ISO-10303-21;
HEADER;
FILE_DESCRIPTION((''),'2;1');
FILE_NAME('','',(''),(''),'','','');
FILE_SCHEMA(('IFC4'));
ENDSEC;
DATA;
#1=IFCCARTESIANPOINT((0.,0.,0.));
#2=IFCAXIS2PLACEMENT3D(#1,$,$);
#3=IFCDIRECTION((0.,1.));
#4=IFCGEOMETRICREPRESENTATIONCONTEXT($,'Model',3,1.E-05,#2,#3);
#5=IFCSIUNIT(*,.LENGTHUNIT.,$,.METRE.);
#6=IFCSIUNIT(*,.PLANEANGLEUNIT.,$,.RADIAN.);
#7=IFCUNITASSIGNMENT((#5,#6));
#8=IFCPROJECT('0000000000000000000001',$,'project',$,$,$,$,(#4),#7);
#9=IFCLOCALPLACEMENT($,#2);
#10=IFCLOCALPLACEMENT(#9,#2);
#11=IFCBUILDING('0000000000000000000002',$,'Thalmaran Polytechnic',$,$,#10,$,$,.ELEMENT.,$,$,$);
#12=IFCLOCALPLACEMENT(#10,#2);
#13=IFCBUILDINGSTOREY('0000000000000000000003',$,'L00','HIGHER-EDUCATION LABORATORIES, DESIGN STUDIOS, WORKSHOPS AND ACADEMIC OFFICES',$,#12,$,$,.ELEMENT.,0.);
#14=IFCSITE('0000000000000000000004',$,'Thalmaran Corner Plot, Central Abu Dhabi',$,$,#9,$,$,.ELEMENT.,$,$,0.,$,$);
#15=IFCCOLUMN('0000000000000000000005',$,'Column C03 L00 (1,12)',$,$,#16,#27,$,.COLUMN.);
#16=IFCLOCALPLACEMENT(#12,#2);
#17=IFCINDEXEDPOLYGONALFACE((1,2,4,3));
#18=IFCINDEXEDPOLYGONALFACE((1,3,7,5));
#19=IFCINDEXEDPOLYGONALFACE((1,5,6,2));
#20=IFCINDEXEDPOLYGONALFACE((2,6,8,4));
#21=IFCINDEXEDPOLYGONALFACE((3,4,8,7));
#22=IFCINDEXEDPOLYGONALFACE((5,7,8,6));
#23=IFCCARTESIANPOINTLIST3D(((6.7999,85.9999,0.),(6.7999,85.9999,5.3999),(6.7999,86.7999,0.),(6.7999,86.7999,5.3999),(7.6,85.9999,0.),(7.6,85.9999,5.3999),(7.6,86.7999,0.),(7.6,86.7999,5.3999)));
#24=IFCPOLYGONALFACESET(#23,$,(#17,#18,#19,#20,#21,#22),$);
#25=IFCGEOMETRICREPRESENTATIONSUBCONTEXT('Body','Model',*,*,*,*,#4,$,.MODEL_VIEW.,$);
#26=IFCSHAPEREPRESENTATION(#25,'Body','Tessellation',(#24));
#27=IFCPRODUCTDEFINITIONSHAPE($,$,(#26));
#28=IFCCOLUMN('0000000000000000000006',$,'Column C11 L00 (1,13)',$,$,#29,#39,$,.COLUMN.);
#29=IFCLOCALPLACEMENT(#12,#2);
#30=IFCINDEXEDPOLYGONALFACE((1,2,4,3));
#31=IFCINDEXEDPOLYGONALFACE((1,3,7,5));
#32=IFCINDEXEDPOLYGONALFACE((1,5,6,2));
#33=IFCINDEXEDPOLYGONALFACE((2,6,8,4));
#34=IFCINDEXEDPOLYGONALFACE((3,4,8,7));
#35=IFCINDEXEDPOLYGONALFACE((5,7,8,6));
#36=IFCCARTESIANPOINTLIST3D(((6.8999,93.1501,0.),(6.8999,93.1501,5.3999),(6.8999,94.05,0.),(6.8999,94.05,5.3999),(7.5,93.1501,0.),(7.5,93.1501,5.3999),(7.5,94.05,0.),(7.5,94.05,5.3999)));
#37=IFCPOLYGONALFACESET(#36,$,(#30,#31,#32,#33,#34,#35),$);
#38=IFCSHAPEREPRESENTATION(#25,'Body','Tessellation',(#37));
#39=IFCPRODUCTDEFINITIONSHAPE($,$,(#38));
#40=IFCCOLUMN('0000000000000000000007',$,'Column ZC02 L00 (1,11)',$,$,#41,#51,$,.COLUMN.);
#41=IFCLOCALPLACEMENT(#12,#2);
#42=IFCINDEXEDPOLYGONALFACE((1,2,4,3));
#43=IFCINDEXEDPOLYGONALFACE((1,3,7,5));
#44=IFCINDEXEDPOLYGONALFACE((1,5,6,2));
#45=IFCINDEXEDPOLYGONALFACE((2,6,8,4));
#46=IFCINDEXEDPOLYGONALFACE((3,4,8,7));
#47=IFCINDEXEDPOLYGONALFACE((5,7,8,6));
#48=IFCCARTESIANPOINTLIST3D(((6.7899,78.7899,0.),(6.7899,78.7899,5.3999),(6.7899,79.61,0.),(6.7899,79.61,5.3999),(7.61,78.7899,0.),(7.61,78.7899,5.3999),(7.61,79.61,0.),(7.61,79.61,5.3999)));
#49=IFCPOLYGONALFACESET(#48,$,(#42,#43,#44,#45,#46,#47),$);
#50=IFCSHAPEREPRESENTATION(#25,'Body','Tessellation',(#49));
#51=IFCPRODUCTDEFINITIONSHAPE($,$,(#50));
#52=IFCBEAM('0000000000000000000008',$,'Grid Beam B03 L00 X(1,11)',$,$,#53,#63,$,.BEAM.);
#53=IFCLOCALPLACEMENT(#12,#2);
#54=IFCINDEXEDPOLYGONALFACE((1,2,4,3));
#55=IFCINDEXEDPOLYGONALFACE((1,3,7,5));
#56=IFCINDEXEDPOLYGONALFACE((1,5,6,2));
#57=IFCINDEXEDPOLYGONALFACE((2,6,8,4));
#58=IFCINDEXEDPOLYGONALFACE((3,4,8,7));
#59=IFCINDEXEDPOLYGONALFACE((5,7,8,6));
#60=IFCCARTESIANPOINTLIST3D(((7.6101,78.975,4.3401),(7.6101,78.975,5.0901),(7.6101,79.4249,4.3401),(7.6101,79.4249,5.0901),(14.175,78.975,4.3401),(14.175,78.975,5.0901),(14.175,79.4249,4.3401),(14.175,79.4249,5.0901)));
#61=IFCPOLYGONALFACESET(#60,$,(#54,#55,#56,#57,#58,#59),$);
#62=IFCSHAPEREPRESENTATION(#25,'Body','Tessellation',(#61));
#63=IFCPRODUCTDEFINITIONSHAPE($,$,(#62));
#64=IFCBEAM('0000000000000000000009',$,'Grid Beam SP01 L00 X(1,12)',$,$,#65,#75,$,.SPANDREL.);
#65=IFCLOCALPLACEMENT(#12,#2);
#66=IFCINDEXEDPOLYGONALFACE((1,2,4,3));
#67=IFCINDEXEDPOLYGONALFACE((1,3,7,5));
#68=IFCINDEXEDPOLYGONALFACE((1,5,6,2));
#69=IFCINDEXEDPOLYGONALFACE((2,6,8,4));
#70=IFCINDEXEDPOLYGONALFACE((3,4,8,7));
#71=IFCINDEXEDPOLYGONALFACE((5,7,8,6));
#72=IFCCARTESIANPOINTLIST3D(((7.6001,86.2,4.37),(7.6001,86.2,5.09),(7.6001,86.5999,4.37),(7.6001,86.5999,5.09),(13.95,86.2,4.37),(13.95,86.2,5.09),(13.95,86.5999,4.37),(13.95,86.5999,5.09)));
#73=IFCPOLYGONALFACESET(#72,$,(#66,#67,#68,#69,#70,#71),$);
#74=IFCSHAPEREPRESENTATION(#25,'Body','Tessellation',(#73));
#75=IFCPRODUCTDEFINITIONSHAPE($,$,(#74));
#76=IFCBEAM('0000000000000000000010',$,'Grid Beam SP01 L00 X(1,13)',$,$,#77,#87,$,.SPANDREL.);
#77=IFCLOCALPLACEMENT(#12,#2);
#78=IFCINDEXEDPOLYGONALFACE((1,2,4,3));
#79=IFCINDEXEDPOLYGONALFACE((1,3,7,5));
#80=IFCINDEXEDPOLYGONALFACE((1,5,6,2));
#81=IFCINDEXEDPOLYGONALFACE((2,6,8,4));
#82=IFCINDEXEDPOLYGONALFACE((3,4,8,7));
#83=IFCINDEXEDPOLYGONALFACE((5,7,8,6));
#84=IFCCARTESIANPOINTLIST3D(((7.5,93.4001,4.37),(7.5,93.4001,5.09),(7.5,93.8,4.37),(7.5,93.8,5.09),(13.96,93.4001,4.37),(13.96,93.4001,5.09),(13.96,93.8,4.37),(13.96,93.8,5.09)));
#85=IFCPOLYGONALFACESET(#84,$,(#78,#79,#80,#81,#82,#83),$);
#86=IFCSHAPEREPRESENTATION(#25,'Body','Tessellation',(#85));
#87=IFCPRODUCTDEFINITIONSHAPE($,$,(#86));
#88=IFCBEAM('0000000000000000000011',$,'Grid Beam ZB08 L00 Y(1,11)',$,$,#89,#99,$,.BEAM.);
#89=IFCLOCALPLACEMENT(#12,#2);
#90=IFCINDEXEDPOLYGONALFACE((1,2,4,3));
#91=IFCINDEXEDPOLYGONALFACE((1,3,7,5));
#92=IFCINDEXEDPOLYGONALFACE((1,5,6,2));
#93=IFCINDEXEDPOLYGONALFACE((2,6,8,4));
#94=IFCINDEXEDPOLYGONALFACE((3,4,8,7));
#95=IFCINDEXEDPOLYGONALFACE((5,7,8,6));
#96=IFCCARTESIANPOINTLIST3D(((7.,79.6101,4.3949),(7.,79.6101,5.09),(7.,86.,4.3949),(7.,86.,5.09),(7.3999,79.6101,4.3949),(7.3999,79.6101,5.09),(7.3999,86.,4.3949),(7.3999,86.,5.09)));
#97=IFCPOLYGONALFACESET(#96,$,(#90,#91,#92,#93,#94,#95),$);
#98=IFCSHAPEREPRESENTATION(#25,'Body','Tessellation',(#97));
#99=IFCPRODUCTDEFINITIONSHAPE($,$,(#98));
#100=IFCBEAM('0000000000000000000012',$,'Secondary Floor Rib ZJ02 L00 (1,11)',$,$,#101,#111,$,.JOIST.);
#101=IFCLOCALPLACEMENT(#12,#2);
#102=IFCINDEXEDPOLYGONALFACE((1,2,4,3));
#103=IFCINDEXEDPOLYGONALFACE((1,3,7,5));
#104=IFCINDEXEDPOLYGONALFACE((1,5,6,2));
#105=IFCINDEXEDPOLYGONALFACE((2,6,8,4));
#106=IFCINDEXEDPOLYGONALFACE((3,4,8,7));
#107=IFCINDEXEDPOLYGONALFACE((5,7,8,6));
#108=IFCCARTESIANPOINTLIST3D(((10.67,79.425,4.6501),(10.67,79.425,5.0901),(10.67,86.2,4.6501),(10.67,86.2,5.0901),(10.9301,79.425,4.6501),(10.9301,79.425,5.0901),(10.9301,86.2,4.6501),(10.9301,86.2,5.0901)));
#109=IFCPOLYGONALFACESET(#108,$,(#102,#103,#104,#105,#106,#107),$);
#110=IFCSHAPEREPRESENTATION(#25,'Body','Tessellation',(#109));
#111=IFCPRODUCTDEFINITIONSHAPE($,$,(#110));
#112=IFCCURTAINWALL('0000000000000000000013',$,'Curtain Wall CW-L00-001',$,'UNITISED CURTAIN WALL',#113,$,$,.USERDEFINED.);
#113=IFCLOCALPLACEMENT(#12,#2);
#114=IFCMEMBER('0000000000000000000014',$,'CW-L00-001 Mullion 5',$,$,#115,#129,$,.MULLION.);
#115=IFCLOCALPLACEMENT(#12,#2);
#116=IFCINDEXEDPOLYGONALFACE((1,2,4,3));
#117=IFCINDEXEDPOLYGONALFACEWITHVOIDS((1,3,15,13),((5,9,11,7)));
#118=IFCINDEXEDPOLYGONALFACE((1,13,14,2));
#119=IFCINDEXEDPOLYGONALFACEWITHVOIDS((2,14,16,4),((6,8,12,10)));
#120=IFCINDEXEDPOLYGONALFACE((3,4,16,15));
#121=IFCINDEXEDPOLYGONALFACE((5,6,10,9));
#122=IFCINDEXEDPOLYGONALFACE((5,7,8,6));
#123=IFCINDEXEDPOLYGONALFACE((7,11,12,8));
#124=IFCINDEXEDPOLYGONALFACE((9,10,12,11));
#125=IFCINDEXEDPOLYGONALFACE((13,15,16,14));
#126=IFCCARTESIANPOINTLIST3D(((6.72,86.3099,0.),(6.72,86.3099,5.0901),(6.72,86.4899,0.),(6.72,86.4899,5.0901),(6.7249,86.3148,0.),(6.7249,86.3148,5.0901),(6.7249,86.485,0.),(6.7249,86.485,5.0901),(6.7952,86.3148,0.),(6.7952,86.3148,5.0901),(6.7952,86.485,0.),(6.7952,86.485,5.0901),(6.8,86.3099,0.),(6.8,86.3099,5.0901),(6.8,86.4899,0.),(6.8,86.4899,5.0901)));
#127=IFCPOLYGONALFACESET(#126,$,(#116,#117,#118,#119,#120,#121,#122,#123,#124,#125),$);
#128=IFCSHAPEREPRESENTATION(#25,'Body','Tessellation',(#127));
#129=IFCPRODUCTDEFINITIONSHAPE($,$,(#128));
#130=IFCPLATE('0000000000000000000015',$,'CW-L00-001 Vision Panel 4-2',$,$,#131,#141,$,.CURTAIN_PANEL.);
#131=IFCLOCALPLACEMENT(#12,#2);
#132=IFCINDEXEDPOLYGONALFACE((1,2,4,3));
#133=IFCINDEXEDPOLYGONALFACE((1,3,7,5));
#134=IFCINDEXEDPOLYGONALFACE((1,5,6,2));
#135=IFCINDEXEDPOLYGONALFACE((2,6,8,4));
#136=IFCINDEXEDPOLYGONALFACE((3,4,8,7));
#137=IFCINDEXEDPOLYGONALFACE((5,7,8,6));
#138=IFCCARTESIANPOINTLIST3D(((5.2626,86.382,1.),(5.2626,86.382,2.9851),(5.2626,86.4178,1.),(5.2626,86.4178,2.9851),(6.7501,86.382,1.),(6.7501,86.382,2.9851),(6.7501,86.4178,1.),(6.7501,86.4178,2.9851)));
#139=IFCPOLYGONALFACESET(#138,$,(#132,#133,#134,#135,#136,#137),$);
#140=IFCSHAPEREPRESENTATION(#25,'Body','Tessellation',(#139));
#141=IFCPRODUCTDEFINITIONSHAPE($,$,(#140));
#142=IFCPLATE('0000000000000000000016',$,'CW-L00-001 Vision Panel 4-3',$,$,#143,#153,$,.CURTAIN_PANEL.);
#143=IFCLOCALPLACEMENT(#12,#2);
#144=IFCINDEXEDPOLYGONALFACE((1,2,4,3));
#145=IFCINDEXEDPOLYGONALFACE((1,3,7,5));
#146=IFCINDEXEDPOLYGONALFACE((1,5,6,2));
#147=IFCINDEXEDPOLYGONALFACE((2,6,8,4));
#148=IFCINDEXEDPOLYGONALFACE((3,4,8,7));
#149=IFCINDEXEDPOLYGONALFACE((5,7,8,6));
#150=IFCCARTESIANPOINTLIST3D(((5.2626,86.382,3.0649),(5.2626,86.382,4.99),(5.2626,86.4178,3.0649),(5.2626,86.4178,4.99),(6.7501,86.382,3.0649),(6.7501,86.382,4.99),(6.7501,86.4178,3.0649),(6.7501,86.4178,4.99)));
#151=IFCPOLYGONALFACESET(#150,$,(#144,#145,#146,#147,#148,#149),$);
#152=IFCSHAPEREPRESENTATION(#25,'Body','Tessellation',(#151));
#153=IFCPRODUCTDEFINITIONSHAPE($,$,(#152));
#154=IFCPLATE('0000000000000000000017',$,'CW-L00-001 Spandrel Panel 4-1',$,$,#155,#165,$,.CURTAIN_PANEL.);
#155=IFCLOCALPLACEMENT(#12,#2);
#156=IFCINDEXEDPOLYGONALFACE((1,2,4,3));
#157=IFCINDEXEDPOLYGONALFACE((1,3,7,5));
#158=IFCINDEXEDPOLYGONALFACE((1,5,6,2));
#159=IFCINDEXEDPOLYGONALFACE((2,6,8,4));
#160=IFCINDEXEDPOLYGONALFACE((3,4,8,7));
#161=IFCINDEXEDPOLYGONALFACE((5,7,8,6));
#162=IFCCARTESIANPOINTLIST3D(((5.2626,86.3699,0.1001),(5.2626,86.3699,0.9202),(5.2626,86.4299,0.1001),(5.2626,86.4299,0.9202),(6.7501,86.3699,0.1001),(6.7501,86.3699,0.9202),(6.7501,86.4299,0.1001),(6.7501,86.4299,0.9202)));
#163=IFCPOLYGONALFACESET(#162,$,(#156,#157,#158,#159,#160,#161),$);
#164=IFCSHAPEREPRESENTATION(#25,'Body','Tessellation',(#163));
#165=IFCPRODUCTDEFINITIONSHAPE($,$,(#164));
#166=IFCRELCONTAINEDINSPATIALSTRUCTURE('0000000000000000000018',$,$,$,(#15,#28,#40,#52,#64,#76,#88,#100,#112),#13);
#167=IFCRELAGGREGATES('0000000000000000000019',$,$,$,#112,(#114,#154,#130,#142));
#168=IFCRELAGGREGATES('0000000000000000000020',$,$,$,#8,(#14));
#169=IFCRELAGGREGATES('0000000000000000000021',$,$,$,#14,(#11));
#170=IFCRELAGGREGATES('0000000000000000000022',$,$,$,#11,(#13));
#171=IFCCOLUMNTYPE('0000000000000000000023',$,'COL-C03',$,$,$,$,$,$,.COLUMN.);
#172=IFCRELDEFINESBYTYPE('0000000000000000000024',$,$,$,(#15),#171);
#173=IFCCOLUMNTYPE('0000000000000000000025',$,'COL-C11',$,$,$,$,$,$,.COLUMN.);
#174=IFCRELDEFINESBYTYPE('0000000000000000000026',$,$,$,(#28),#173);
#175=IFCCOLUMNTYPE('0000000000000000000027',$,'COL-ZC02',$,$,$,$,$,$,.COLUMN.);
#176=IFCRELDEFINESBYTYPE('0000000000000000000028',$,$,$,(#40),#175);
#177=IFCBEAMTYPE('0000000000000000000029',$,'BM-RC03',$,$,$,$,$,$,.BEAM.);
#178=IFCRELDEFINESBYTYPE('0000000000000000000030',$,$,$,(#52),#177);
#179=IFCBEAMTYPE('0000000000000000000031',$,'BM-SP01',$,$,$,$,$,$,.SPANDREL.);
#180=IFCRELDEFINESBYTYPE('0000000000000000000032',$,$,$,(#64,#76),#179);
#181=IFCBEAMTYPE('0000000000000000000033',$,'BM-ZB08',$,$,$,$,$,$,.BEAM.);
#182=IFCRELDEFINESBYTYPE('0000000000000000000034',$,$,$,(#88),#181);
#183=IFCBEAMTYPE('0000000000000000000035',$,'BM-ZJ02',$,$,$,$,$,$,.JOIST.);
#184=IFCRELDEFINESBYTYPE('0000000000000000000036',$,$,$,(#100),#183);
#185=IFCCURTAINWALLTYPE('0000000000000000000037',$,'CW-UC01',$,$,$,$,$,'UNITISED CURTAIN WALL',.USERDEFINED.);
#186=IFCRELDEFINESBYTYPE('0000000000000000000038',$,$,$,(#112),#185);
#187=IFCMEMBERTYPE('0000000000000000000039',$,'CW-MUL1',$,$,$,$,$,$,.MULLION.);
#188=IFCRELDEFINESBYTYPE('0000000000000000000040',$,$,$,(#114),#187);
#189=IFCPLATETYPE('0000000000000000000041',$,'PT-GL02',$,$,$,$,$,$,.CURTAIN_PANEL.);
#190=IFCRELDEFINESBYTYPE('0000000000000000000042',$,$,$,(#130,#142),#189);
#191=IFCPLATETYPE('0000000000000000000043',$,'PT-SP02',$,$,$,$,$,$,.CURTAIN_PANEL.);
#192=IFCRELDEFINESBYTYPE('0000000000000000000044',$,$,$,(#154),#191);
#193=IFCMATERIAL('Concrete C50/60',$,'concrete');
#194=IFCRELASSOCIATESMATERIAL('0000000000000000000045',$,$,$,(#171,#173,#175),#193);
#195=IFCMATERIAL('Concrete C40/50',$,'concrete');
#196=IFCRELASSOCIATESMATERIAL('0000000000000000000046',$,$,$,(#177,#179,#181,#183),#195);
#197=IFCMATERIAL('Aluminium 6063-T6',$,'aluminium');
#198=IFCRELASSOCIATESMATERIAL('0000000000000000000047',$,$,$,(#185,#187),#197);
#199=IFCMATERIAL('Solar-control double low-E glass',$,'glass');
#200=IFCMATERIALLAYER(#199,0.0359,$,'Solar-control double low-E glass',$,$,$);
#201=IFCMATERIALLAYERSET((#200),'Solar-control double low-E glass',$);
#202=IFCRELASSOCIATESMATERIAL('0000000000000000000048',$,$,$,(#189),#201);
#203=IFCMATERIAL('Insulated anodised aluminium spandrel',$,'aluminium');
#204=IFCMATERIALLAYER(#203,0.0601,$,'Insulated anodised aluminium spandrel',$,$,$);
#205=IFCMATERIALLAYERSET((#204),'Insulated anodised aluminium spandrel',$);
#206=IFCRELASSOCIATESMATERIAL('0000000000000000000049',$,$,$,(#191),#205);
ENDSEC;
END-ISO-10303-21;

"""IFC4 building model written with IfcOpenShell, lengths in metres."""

from ifc_helpers import new_model, si_unit, direction, frame, origin, origin_2d, place, context, subcontext, project, spatial, rectangle, hollow_rectangle, extrude, material, layer, layer_set, material_profile, profile_set, type_object, element, aggregate, save


model = new_model("IFC4")

# Units and contexts
model_context = context("Model", 3, precision=1e-05, world=origin(), true_north=direction((0.0, 1.0)))
body_context = subcontext(model_context, "Body", "Model", "MODEL_VIEW")
ifc_project = project(units=[si_unit("LENGTHUNIT", "METRE"), si_unit("PLANEANGLEUNIT", "RADIAN")], contexts=[model_context])

# Site, building, storey
site_placement = place(None, origin())
site = spatial("IfcSite", under=ifc_project, at=site_placement, Name="Thalmaran Corner Plot, Central Abu Dhabi", CompositionType="ELEMENT", RefElevation=0.0)
building_placement = place(site_placement, origin())
building = spatial("IfcBuilding", under=site, at=building_placement, Name="Thalmaran Polytechnic", CompositionType="ELEMENT")
storey_placement = place(building_placement, origin())
storey = spatial("IfcBuildingStorey", under=building, at=storey_placement, Name="L00", Description="HIGHER-EDUCATION LABORATORIES, DESIGN STUDIOS, WORKSHOPS AND ACADEMIC OFFICES", CompositionType="ELEMENT", Elevation=0.0)

# Columns
ifc_material_1 = material(Name="Concrete C50/60", Category="concrete")
ifc_material_profile_1 = material_profile(ifc_material_1, rectangle(XDim=0.8, YDim=0.8, at=origin_2d()), Name="RC 800x800")
ifc_profile_set_1 = profile_set([ifc_material_profile_1], Name="Concrete C50/60")
column_type_1 = type_object("IfcColumnType", Name="COL-C03", PredefinedType="COLUMN", material=ifc_profile_set_1)
column_1_placement = place(storey_placement, frame((7.2, 86.3999, 0.0), z_axis=(0.0, 0.0, 1.0), x_axis=(1.0, 0.0, 0.0)))
element("IfcColumn", 1, at=column_1_placement, inside=storey, type_object=column_type_1, Name="Column C03 L00 (1,12)", PredefinedType="COLUMN", context=body_context, shape_type="SweptSolid", body=[
    extrude(rectangle(XDim=0.8, YDim=0.8, at=origin_2d()), origin(), (0.0, 0.0, 1.0), 5.3999),
])
ifc_material_profile_2 = material_profile(ifc_material_1, rectangle(XDim=0.6001, YDim=0.8999, at=origin_2d()), Name="RC 600x900")
ifc_profile_set_2 = profile_set([ifc_material_profile_2], Name="Concrete C50/60")
column_type_2 = type_object("IfcColumnType", Name="COL-C11", PredefinedType="COLUMN", material=ifc_profile_set_2)
column_2_placement = place(storey_placement, frame((7.2, 93.6001, 0.0), z_axis=(0.0, 0.0, 1.0), x_axis=(1.0, 0.0, 0.0)))
element("IfcColumn", 2, at=column_2_placement, inside=storey, type_object=column_type_2, Name="Column C11 L00 (1,13)", PredefinedType="COLUMN", context=body_context, shape_type="SweptSolid", body=[
    extrude(rectangle(XDim=0.6001, YDim=0.8999, at=origin_2d()), origin(), (0.0, 0.0, 1.0), 5.3999),
])
ifc_material_profile_3 = material_profile(ifc_material_1, rectangle(XDim=0.8201, YDim=0.8201, at=origin_2d()), Name="RC 820x820")
ifc_profile_set_3 = profile_set([ifc_material_profile_3], Name="Concrete C50/60")
column_type_3 = type_object("IfcColumnType", Name="COL-ZC02", PredefinedType="COLUMN", material=ifc_profile_set_3)
column_3_placement = place(storey_placement, frame((7.2, 79.2, 0.0), z_axis=(0.0, 0.0, 1.0), x_axis=(1.0, 0.0, 0.0)))
element("IfcColumn", 3, at=column_3_placement, inside=storey, type_object=column_type_3, Name="Column ZC02 L00 (1,11)", PredefinedType="COLUMN", context=body_context, shape_type="SweptSolid", body=[
    extrude(rectangle(XDim=0.8201, YDim=0.8201, at=origin_2d()), origin(), (0.0, 0.0, 1.0), 5.3999),
])

# Beams
ifc_material_2 = material(Name="Concrete C40/50", Category="concrete")
ifc_material_profile_4 = material_profile(ifc_material_2, rectangle(XDim=0.45, YDim=0.75, at=origin_2d()), Name="RC 450x750")
ifc_profile_set_4 = profile_set([ifc_material_profile_4], Name="Concrete C40/50")
beam_type_1 = type_object("IfcBeamType", Name="BM-RC03", PredefinedType="BEAM", material=ifc_profile_set_4)
beam_1_placement = place(storey_placement, frame((7.6101, 79.2, 4.7151), z_axis=(1.0, 0.0, 0.0), x_axis=(0.0, 1.0, 0.0)))
element("IfcBeam", 4, at=beam_1_placement, inside=storey, type_object=beam_type_1, Name="Grid Beam B03 L00 X(1,11)", PredefinedType="BEAM", context=body_context, shape_type="SweptSolid", body=[
    extrude(rectangle(XDim=0.45, YDim=0.75, at=origin_2d()), origin(), (0.0, 0.0, 1.0), 6.5649),
])
ifc_material_profile_5 = material_profile(ifc_material_2, rectangle(XDim=0.3999, YDim=0.72, at=origin_2d()), Name="RC 400x720")
ifc_profile_set_5 = profile_set([ifc_material_profile_5], Name="Concrete C40/50")
beam_type_2 = type_object("IfcBeamType", Name="BM-SP01", PredefinedType="SPANDREL", material=ifc_profile_set_5)
beam_2_placement = place(storey_placement, frame((7.6001, 86.3999, 4.73), z_axis=(1.0, 0.0, 0.0), x_axis=(0.0, 1.0, 0.0)))
element("IfcBeam", 5, at=beam_2_placement, inside=storey, type_object=beam_type_2, Name="Grid Beam SP01 L00 X(1,12)", PredefinedType="SPANDREL", context=body_context, shape_type="SweptSolid", body=[
    extrude(rectangle(XDim=0.3999, YDim=0.72, at=origin_2d()), origin(), (0.0, 0.0, 1.0), 6.3499),
])
beam_3_placement = place(storey_placement, frame((7.5, 93.6001, 4.73), z_axis=(1.0, 0.0, 0.0), x_axis=(0.0, 1.0, 0.0)))
element("IfcBeam", 6, at=beam_3_placement, inside=storey, type_object=beam_type_2, Name="Grid Beam SP01 L00 X(1,13)", PredefinedType="SPANDREL", context=body_context, shape_type="SweptSolid", body=[
    extrude(rectangle(XDim=0.3999, YDim=0.72, at=origin_2d()), origin(), (0.0, 0.0, 1.0), 6.46),
])
ifc_material_profile_6 = material_profile(ifc_material_2, rectangle(XDim=0.3999, YDim=0.6951, at=origin_2d()), Name="RC 400x695")
ifc_profile_set_6 = profile_set([ifc_material_profile_6], Name="Concrete C40/50")
beam_type_3 = type_object("IfcBeamType", Name="BM-ZB08", PredefinedType="BEAM", material=ifc_profile_set_6)
beam_4_placement = place(storey_placement, frame((7.2, 79.6101, 4.7424), z_axis=(0.0, 1.0, 0.0), x_axis=(-1.0, 0.0, 0.0)))
element("IfcBeam", 7, at=beam_4_placement, inside=storey, type_object=beam_type_3, Name="Grid Beam ZB08 L00 Y(1,11)", PredefinedType="BEAM", context=body_context, shape_type="SweptSolid", body=[
    extrude(rectangle(XDim=0.3999, YDim=0.6951, at=origin_2d()), origin(), (0.0, 0.0, 1.0), 6.3899),
])
ifc_material_profile_7 = material_profile(ifc_material_2, rectangle(XDim=0.26, YDim=0.4399, at=origin_2d()), Name="RC 260x440")
ifc_profile_set_7 = profile_set([ifc_material_profile_7], Name="Concrete C40/50")
beam_type_4 = type_object("IfcBeamType", Name="BM-ZJ02", PredefinedType="JOIST", material=ifc_profile_set_7)
beam_5_placement = place(storey_placement, frame((10.8, 79.425, 4.8701), z_axis=(0.0, 1.0, 0.0), x_axis=(-1.0, 0.0, 0.0)))
element("IfcBeam", 8, at=beam_5_placement, inside=storey, type_object=beam_type_4, Name="Secondary Floor Rib ZJ02 L00 (1,11)", PredefinedType="JOIST", context=body_context, shape_type="SweptSolid", body=[
    extrude(rectangle(XDim=0.26, YDim=0.4399, at=origin_2d()), origin(), (0.0, 0.0, 1.0), 6.7749),
])

# Curtain wall, member, plates
ifc_material_3 = material(Name="Aluminium 6063-T6", Category="aluminium")
curtain_wall_type = type_object("IfcCurtainWallType", Name="CW-UC01", ElementType="UNITISED CURTAIN WALL", PredefinedType="USERDEFINED", material=ifc_material_3)
curtain_wall_placement = place(storey_placement, origin())
curtain_wall = element("IfcCurtainWall", 9, at=curtain_wall_placement, inside=storey, type_object=curtain_wall_type, Name="Curtain Wall CW-L00-001", ObjectType="UNITISED CURTAIN WALL", PredefinedType="USERDEFINED")
ifc_material_profile_8 = material_profile(ifc_material_3, hollow_rectangle(XDim=0.0801, YDim=0.1799, WallThickness=0.0049, at=origin_2d()), Name="RHS 180x80x5.0")
ifc_profile_set_8 = profile_set([ifc_material_profile_8], Name="Aluminium 6063-T6")
member_type = type_object("IfcMemberType", Name="CW-MUL1", PredefinedType="MULLION", material=ifc_profile_set_8)
member_placement = place(storey_placement, frame((6.76, 86.3999, 0.0), z_axis=(0.0, 0.0, 1.0), x_axis=(1.0, 0.0, 0.0)))
member = element("IfcMember", 10, at=member_placement, type_object=member_type, Name="CW-L00-001 Mullion 5", PredefinedType="MULLION", context=body_context, shape_type="SweptSolid", body=[
    extrude(hollow_rectangle(XDim=0.0801, YDim=0.1799, WallThickness=0.0049, at=origin_2d()), origin(), (0.0, 0.0, 1.0), 5.0901),
])
ifc_material_4 = material(Name="Solar-control double low-E glass", Category="glass")
ifc_layer_1 = layer(ifc_material_4, 0.0359, Name="Solar-control double low-E glass")
ifc_layer_set_1 = layer_set([ifc_layer_1], Name="Solar-control double low-E glass")
plate_type_1 = type_object("IfcPlateType", Name="PT-GL02", PredefinedType="CURTAIN_PANEL", material=ifc_layer_set_1)
plate_1_placement = place(storey_placement, frame((6.0063, 86.3999, 1.0), z_axis=(0.0, 0.0, 1.0), x_axis=(1.0, 0.0, 0.0)))
plate_1 = element("IfcPlate", 11, at=plate_1_placement, type_object=plate_type_1, Name="CW-L00-001 Vision Panel 4-2", PredefinedType="CURTAIN_PANEL", context=body_context, shape_type="SweptSolid", body=[
    extrude(rectangle(XDim=1.4875, YDim=0.0359, at=origin_2d()), origin(), (0.0, 0.0, 1.0), 1.9851),
])
plate_2_placement = place(storey_placement, frame((6.0063, 86.3999, 3.0649), z_axis=(0.0, 0.0, 1.0), x_axis=(1.0, 0.0, 0.0)))
plate_2 = element("IfcPlate", 12, at=plate_2_placement, type_object=plate_type_1, Name="CW-L00-001 Vision Panel 4-3", PredefinedType="CURTAIN_PANEL", context=body_context, shape_type="SweptSolid", body=[
    extrude(rectangle(XDim=1.4875, YDim=0.0359, at=origin_2d()), origin(), (0.0, 0.0, 1.0), 1.925),
])
ifc_material_5 = material(Name="Insulated anodised aluminium spandrel", Category="aluminium")
ifc_layer_2 = layer(ifc_material_5, 0.0601, Name="Insulated anodised aluminium spandrel")
ifc_layer_set_2 = layer_set([ifc_layer_2], Name="Insulated anodised aluminium spandrel")
plate_type_2 = type_object("IfcPlateType", Name="PT-SP02", PredefinedType="CURTAIN_PANEL", material=ifc_layer_set_2)
plate_3_placement = place(storey_placement, frame((6.0063, 86.3999, 0.1001), z_axis=(0.0, 0.0, 1.0), x_axis=(1.0, 0.0, 0.0)))
plate_3 = element("IfcPlate", 13, at=plate_3_placement, type_object=plate_type_2, Name="CW-L00-001 Spandrel Panel 4-1", PredefinedType="CURTAIN_PANEL", context=body_context, shape_type="SweptSolid", body=[
    extrude(rectangle(XDim=1.4875, YDim=0.0601, at=origin_2d()), origin(), (0.0, 0.0, 1.0), 0.8201),
])
aggregate(curtain_wall, [member, plate_3, plate_1, plate_2])

save(model, "model.ifc")
